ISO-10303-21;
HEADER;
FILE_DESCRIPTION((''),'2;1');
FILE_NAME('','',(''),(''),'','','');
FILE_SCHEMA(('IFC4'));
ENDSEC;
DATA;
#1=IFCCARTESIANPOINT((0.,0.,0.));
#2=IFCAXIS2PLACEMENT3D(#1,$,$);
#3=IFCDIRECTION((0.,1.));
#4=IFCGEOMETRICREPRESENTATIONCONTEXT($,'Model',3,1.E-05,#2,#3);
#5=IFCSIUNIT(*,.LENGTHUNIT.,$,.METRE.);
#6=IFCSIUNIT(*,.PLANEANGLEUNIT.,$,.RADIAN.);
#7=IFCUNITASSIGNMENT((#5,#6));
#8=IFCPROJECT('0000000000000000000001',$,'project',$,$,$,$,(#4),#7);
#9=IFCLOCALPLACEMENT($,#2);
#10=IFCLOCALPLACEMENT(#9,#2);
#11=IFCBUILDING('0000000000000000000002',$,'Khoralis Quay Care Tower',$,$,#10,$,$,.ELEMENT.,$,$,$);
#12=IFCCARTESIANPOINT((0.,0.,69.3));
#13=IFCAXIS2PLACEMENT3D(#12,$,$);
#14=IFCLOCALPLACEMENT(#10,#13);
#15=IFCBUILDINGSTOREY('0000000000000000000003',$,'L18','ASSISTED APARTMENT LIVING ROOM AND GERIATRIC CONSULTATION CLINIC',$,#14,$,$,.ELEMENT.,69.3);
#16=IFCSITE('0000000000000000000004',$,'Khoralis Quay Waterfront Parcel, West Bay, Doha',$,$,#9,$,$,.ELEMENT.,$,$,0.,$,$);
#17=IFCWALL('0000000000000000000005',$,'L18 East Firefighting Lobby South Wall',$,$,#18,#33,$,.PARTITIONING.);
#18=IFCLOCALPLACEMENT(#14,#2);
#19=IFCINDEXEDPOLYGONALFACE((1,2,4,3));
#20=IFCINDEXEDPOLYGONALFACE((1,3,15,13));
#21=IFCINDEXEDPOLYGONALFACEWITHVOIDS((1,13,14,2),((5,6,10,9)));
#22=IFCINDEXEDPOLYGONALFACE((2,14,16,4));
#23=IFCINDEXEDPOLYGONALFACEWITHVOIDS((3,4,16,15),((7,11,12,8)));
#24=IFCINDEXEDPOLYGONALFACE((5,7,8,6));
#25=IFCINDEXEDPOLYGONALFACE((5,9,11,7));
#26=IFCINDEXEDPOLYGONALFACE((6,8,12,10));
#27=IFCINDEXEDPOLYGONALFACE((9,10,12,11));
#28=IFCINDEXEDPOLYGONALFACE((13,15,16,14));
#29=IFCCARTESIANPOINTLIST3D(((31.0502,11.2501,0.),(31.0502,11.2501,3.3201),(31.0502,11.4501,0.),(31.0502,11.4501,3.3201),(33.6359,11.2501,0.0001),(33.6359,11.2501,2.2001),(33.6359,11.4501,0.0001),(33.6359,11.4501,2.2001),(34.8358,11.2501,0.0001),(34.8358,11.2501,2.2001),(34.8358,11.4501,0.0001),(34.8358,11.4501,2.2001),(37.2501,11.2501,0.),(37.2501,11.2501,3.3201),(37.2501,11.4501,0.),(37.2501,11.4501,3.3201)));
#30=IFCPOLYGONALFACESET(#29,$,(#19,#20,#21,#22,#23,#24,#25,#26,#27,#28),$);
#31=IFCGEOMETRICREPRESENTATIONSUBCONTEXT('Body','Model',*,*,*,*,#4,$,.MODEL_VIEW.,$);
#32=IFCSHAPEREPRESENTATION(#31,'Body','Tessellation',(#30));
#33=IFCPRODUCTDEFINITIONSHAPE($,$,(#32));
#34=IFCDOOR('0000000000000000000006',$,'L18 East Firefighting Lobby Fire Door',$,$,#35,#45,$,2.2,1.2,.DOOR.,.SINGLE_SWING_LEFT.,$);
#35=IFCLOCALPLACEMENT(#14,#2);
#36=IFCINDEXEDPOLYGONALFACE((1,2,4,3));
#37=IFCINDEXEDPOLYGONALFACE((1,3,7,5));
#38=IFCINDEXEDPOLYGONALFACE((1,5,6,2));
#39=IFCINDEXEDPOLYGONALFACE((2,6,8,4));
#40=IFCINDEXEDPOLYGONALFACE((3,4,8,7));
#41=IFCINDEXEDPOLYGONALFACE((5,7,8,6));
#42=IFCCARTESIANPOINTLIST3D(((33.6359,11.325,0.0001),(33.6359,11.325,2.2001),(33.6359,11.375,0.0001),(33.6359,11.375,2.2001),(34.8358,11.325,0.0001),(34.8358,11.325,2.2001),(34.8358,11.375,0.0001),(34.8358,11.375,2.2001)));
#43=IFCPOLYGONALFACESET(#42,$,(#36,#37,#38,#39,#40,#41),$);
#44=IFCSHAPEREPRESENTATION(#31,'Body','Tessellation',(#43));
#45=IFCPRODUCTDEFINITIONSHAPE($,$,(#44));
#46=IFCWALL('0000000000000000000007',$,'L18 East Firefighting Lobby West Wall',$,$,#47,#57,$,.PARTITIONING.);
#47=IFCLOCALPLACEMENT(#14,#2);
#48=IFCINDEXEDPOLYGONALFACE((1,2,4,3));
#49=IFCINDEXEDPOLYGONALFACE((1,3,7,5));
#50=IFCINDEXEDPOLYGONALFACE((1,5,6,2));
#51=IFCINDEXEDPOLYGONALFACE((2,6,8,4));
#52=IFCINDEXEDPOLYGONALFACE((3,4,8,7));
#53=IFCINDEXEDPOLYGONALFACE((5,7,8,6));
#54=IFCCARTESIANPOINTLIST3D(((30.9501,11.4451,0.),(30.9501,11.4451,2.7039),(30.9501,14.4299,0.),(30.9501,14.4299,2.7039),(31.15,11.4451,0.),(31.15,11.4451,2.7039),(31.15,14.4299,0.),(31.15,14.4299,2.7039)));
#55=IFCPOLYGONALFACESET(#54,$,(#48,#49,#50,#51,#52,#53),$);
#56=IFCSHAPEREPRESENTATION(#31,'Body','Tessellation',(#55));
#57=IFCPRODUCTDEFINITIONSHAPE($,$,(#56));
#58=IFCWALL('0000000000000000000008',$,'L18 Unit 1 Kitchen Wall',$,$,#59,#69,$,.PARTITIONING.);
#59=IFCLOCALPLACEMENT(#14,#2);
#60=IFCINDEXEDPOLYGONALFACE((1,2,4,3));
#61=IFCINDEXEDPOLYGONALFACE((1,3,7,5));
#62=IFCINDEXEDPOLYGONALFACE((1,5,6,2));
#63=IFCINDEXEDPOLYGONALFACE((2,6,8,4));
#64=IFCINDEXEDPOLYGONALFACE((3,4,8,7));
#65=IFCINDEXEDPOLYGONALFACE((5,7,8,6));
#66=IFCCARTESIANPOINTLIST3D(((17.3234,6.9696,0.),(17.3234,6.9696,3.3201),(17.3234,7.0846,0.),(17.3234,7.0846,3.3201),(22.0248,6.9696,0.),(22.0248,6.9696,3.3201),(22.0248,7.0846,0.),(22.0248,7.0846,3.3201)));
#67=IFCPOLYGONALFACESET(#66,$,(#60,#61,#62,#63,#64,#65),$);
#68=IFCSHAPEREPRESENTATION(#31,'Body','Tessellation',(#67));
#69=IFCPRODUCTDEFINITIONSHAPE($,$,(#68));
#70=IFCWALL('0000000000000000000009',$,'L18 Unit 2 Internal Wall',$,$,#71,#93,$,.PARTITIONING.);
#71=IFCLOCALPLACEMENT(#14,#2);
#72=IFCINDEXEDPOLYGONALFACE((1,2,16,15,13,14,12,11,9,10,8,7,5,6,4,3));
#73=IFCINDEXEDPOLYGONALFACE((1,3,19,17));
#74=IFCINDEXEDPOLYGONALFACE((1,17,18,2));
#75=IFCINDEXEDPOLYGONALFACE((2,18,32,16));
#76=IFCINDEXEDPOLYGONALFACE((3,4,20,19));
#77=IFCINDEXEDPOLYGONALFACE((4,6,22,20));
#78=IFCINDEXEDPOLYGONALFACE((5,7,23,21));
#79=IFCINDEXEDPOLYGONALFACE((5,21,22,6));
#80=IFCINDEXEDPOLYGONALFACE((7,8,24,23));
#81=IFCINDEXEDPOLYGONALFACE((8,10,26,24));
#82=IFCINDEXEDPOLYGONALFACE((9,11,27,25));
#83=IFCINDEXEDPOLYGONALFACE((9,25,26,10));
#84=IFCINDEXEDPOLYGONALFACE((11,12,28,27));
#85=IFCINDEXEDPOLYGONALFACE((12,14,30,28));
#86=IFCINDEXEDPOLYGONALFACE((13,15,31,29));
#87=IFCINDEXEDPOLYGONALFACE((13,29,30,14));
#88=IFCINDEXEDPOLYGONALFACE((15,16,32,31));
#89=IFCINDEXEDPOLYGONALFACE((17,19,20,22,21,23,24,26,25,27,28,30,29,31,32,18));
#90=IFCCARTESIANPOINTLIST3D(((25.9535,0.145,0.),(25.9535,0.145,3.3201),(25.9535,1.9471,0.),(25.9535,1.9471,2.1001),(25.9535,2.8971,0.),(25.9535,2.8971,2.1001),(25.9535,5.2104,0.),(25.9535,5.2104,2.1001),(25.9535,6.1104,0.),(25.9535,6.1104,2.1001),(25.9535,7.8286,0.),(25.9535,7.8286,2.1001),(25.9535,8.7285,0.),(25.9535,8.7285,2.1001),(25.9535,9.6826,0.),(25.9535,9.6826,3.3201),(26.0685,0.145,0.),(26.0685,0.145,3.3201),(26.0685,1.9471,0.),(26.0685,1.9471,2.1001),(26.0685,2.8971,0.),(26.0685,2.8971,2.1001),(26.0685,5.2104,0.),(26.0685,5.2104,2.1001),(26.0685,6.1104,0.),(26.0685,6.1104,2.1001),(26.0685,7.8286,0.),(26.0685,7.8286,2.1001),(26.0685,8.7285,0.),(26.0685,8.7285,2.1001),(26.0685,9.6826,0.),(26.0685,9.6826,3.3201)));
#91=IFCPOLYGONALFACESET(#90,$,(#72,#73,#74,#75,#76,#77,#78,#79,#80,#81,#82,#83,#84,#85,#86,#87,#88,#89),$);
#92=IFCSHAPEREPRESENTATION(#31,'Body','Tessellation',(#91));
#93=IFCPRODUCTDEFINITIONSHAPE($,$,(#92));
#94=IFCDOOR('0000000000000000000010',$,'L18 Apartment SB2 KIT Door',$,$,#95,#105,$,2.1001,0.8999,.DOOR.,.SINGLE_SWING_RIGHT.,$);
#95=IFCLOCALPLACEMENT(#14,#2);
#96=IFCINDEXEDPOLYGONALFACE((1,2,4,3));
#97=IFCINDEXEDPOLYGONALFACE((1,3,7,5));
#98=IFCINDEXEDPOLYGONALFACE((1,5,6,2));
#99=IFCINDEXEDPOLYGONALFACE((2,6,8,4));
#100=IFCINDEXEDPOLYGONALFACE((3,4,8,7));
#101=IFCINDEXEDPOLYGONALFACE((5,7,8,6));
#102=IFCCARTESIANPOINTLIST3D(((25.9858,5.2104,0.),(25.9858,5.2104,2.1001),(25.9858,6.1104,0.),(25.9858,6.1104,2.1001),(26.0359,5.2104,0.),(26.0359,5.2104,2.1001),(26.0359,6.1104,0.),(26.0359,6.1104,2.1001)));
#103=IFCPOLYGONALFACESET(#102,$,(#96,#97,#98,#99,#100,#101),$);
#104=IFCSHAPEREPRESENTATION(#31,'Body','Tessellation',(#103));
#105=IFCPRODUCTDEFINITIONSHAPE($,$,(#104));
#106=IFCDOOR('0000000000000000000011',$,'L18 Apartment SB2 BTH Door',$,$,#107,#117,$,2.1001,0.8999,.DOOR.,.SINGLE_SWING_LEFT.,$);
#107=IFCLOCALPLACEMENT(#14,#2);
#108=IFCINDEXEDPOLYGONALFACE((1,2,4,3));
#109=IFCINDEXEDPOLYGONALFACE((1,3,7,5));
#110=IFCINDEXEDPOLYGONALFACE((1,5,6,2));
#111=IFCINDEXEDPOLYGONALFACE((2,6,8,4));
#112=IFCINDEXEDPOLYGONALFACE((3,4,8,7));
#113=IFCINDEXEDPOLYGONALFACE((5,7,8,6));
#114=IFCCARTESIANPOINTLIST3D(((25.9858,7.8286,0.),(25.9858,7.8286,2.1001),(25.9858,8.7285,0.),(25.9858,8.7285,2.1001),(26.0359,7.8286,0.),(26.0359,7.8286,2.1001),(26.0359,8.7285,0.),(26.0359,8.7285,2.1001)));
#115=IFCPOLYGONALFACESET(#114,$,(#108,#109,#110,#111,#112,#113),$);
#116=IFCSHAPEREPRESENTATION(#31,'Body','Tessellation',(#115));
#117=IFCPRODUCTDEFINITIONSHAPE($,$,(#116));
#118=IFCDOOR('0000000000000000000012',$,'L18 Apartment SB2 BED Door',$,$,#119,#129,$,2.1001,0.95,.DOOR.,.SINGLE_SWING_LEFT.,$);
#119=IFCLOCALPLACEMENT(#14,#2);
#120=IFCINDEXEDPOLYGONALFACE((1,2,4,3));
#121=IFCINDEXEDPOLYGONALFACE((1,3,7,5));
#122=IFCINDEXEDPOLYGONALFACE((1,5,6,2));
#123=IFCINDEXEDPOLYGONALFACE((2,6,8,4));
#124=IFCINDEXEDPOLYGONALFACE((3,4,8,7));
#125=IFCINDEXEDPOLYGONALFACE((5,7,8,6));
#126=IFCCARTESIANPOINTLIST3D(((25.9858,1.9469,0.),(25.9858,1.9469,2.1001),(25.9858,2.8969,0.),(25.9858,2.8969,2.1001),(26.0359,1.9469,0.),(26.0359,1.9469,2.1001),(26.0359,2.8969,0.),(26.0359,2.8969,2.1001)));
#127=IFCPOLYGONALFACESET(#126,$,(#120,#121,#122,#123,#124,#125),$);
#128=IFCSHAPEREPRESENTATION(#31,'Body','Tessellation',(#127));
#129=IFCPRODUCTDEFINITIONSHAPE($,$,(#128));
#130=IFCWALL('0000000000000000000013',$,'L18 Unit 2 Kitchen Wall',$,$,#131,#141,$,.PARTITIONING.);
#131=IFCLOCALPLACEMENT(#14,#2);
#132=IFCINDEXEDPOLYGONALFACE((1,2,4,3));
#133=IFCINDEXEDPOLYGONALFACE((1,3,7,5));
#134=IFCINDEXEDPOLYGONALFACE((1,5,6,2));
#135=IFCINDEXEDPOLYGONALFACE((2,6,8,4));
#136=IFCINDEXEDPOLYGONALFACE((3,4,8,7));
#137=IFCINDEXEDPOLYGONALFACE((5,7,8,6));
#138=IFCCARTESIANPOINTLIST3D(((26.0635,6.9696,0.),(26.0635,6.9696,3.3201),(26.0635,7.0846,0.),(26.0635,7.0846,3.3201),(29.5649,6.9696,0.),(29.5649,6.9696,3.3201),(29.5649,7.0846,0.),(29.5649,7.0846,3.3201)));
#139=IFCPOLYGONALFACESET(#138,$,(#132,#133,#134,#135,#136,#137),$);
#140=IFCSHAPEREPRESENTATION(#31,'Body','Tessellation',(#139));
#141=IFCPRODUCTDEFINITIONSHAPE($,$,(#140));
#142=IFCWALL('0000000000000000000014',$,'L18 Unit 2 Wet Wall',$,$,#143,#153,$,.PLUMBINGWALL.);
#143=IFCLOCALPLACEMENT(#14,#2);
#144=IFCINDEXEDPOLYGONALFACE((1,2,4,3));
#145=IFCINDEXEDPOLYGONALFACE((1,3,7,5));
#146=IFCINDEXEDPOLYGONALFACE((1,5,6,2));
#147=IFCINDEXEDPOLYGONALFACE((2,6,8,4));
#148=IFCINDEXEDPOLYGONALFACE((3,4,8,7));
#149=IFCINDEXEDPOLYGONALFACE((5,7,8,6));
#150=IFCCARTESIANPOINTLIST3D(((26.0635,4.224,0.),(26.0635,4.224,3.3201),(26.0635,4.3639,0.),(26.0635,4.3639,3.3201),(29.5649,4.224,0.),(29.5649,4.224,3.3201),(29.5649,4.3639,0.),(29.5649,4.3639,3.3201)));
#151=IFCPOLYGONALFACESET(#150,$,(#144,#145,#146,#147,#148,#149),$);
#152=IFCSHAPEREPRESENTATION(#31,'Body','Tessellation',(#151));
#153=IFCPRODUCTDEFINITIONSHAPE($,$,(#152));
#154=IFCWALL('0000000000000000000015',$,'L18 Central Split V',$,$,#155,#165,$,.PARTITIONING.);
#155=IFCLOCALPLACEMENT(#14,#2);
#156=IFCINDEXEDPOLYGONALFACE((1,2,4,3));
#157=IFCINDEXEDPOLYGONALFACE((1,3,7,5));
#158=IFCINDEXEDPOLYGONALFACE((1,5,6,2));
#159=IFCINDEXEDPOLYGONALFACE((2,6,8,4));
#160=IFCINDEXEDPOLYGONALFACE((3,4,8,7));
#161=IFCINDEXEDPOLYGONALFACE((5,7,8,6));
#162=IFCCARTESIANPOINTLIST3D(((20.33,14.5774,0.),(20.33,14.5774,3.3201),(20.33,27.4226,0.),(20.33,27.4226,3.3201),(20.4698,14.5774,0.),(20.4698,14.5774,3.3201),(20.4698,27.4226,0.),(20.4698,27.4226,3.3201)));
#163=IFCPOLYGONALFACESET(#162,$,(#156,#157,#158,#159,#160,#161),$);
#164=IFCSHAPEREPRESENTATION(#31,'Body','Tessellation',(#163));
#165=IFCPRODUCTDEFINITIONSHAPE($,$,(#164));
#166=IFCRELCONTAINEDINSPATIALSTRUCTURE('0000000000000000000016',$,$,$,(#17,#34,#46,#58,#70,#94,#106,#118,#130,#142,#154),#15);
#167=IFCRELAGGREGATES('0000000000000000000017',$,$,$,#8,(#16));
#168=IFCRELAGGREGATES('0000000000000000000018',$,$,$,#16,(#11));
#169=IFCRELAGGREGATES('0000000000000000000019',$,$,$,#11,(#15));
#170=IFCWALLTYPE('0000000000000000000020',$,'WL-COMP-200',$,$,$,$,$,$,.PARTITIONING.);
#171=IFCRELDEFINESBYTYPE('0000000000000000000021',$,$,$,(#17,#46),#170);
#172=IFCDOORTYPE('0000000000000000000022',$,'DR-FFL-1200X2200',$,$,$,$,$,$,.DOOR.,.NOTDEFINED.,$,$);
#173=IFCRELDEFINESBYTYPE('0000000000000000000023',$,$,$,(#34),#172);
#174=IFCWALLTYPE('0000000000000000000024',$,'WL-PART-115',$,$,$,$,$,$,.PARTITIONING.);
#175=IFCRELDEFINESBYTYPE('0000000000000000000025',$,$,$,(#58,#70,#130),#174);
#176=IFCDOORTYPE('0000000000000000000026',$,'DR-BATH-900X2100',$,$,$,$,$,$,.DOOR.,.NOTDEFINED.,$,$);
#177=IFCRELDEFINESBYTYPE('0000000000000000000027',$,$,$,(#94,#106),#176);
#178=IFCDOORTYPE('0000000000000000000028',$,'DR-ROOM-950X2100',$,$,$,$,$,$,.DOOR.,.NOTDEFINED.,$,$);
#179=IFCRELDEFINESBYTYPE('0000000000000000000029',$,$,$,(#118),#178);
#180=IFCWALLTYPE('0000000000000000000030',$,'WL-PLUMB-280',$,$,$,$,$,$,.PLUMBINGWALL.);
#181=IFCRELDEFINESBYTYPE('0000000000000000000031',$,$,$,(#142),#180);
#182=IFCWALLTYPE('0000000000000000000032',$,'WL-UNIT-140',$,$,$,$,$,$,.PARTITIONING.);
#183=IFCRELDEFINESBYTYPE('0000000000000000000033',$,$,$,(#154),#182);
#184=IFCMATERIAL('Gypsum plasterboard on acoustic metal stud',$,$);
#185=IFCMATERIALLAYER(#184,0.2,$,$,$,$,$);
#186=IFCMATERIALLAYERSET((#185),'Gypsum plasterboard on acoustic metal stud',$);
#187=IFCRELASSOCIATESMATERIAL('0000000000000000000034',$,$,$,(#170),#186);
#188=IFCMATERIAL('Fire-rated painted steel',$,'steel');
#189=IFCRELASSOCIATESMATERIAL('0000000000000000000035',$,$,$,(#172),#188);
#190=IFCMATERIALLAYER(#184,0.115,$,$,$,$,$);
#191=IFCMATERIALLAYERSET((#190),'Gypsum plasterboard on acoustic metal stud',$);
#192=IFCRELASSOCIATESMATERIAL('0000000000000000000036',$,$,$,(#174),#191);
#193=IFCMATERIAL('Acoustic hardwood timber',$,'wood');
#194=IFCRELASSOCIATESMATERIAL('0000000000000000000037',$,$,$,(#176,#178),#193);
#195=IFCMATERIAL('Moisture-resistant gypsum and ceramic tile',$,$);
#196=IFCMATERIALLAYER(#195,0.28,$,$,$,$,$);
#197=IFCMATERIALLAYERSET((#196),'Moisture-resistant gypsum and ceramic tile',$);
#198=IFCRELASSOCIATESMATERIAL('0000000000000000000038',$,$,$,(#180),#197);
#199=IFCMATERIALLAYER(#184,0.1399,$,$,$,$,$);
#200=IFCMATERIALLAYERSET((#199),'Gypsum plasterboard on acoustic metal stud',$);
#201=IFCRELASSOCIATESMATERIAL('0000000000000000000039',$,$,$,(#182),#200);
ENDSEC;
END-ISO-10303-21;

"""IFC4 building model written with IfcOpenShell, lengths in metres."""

from ifc_helpers import new_model, si_unit, direction, frame, frame_2d, origin, place, context, subcontext, project, spatial, rectangle, extrude, source, transform, mapped, material, layer, layer_set, type_object, element, fill, save


model = new_model("IFC4")

# Units and contexts
model_context = context("Model", 3, precision=1e-05, world=origin(), true_north=direction((0.0, 1.0)))
body_context = subcontext(model_context, "Body", "Model", "MODEL_VIEW")
ifc_project = project(units=[si_unit("LENGTHUNIT", "METRE"), si_unit("PLANEANGLEUNIT", "RADIAN")], contexts=[model_context])

# Site, building, storey
site_placement = place(None, origin())
site = spatial("IfcSite", under=ifc_project, at=site_placement, Name="Khoralis Quay Waterfront Parcel, West Bay, Doha", CompositionType="ELEMENT", RefElevation=0.0)
building_placement = place(site_placement, origin())
building = spatial("IfcBuilding", under=site, at=building_placement, Name="Khoralis Quay Care Tower", CompositionType="ELEMENT")
storey_placement = place(building_placement, frame((0.0, 0.0, 69.3)))
storey = spatial("IfcBuildingStorey", under=building, at=storey_placement, Name="L18", Description="ASSISTED APARTMENT LIVING ROOM AND GERIATRIC CONSULTATION CLINIC", CompositionType="ELEMENT", Elevation=69.3)

# Wall, opening, door
ifc_material_1 = material(Name="Gypsum plasterboard on acoustic metal stud")
ifc_layer_1 = layer(ifc_material_1, 0.2)
ifc_layer_set_1 = layer_set([ifc_layer_1], Name="Gypsum plasterboard on acoustic metal stud")
wall_type_1 = type_object("IfcWallType", Name="WL-COMP-200", PredefinedType="PARTITIONING", material=ifc_layer_set_1)
wall_1_placement = place(storey_placement, frame((31.05, 11.3501, 0.0), z_axis=(0.0, 0.0, 1.0), x_axis=(1.0, 0.0, 0.0)))
wall_1 = element("IfcWall", 1, at=wall_1_placement, inside=storey, type_object=wall_type_1, Name="L18 East Firefighting Lobby South Wall", PredefinedType="PARTITIONING", context=body_context, shape_type="SweptSolid", body=[
    extrude(rectangle(XDim=6.2, YDim=0.2, at=frame_2d((3.1001, 0.0))), origin(), (0.0, 0.0, 1.0), 3.3201),
])
opening_1_placement = place(wall_1_placement, frame((2.5857, 0.0, 0.0)))
opening_1 = element("IfcOpeningElement", 2, at=opening_1_placement, cuts=wall_1, PredefinedType="OPENING", context=body_context, shape_type="SweptSolid", body=[
    extrude(rectangle(XDim=1.2, YDim=2.2, at=frame_2d((0.6001, 1.1001))), frame((0.0, 0.1099, 0.0), z_axis=(0.0, -1.0, 0.0), x_axis=(1.0, 0.0, 0.0)), (0.0, 0.0, 1.0), 0.22),
])
ifc_material_2 = material(Name="Fire-rated painted steel", Category="steel")
door_type_1 = type_object("IfcDoorType", Name="DR-FFL-1200X2200", OperationType="NOTDEFINED", PredefinedType="DOOR", material=ifc_material_2)
shared_shape_1 = source(origin(), body_context, "Body", "SweptSolid", [
    extrude(rectangle(XDim=1.2, YDim=2.2, at=frame_2d((0.6001, 1.1001))), frame((0.0, 0.0249, 0.0), z_axis=(0.0, -1.0, 0.0), x_axis=(1.0, 0.0, 0.0)), (0.0, 0.0, 1.0), 0.05),
])
door_1_placement = place(opening_1_placement, origin())
door_1 = element("IfcDoor", 3, at=door_1_placement, inside=storey, type_object=door_type_1, Name="L18 East Firefighting Lobby Fire Door", OperationType="SINGLE_SWING_LEFT", OverallHeight=2.2, OverallWidth=1.2, PredefinedType="DOOR", context=body_context, shape_type="MappedRepresentation", body=[
    mapped(shared_shape_1, transform((0.0, 0.0, 0.0), scale=1.0)),
])
fill(opening_1, door_1)

# Walls
wall_2_placement = place(storey_placement, frame((31.05, 11.4451, 0.0), z_axis=(0.0, 0.0, 1.0), x_axis=(0.0, 1.0, 0.0)))
element("IfcWall", 4, at=wall_2_placement, inside=storey, type_object=wall_type_1, Name="L18 East Firefighting Lobby West Wall", PredefinedType="PARTITIONING", context=body_context, shape_type="SweptSolid", body=[
    extrude(rectangle(XDim=2.9849, YDim=0.2, at=frame_2d((1.4924, 0.0))), origin(), (0.0, 0.0, 1.0), 2.7039),
])
ifc_layer_2 = layer(ifc_material_1, 0.115)
ifc_layer_set_2 = layer_set([ifc_layer_2], Name="Gypsum plasterboard on acoustic metal stud")
wall_type_2 = type_object("IfcWallType", Name="WL-PART-115", PredefinedType="PARTITIONING", material=ifc_layer_set_2)
wall_3_placement = place(storey_placement, frame((17.3235, 7.0271, 0.0), z_axis=(0.0, 0.0, 1.0), x_axis=(1.0, 0.0, 0.0)))
element("IfcWall", 5, at=wall_3_placement, inside=storey, type_object=wall_type_2, Name="L18 Unit 1 Kitchen Wall", PredefinedType="PARTITIONING", context=body_context, shape_type="SweptSolid", body=[
    extrude(rectangle(XDim=4.7014, YDim=0.115, at=frame_2d((2.3506, 0.0))), origin(), (0.0, 0.0, 1.0), 3.3201),
])

# Wall, openings, doors
wall_4_placement = place(storey_placement, frame((26.011, 0.145, 0.0), z_axis=(0.0, 0.0, 1.0), x_axis=(0.0, 1.0, 0.0)))
wall_4 = element("IfcWall", 6, at=wall_4_placement, inside=storey, type_object=wall_type_2, Name="L18 Unit 2 Internal Wall", PredefinedType="PARTITIONING", context=body_context, shape_type="SweptSolid", body=[
    extrude(rectangle(XDim=9.5376, YDim=0.115, at=frame_2d((4.7688, 0.0))), origin(), (0.0, 0.0, 1.0), 3.3201),
])
opening_2_placement = place(wall_4_placement, frame((1.802, 0.0, 0.0)))
opening_2 = element("IfcOpeningElement", 7, at=opening_2_placement, cuts=wall_4, PredefinedType="OPENING", context=body_context, shape_type="SweptSolid", body=[
    extrude(rectangle(XDim=0.95, YDim=2.1001, at=frame_2d((0.4751, 1.05))), frame((0.0, 0.0674, 0.0), z_axis=(0.0, -1.0, 0.0), x_axis=(1.0, 0.0, 0.0)), (0.0, 0.0, 1.0), 0.135),
])
opening_3_placement = place(wall_4_placement, frame((5.0654, 0.0, 0.0)))
opening_3 = element("IfcOpeningElement", 8, at=opening_3_placement, cuts=wall_4, PredefinedType="OPENING", context=body_context, shape_type="SweptSolid", body=[
    extrude(rectangle(XDim=0.8999, YDim=2.1001, at=frame_2d((0.45, 1.05))), frame((0.0, 0.0674, 0.0), z_axis=(0.0, -1.0, 0.0), x_axis=(1.0, 0.0, 0.0)), (0.0, 0.0, 1.0), 0.135),
])
opening_4_placement = place(wall_4_placement, frame((7.6836, 0.0, 0.0)))
opening_4 = element("IfcOpeningElement", 9, at=opening_4_placement, cuts=wall_4, PredefinedType="OPENING", context=body_context, shape_type="SweptSolid", body=[
    extrude(rectangle(XDim=0.8999, YDim=2.1001, at=frame_2d((0.45, 1.05))), frame((0.0, 0.0674, 0.0), z_axis=(0.0, -1.0, 0.0), x_axis=(1.0, 0.0, 0.0)), (0.0, 0.0, 1.0), 0.135),
])
ifc_material_3 = material(Name="Acoustic hardwood timber", Category="wood")
door_type_2 = type_object("IfcDoorType", Name="DR-BATH-900X2100", OperationType="NOTDEFINED", PredefinedType="DOOR", material=ifc_material_3)
shared_shape_2 = source(origin(), body_context, "Body", "SweptSolid", [
    extrude(rectangle(XDim=0.8999, YDim=2.1001, at=frame_2d((0.45, 1.05))), frame((0.0, 0.0249, 0.0), z_axis=(0.0, -1.0, 0.0), x_axis=(1.0, 0.0, 0.0)), (0.0, 0.0, 1.0), 0.05),
])
door_2_placement = place(opening_3_placement, frame((0.8999, 0.0, 0.0), z_axis=(0.0, 0.0, 1.0), x_axis=(-1.0, 0.0, 0.0)))
door_2 = element("IfcDoor", 10, at=door_2_placement, inside=storey, type_object=door_type_2, Name="L18 Apartment SB2 KIT Door", OperationType="SINGLE_SWING_RIGHT", OverallHeight=2.1001, OverallWidth=0.8999, PredefinedType="DOOR", context=body_context, shape_type="MappedRepresentation", body=[
    mapped(shared_shape_2, transform((0.0, 0.0, 0.0), scale=1.0)),
])
fill(opening_3, door_2)
door_3_placement = place(opening_4_placement, frame((0.8999, 0.0, 0.0), z_axis=(0.0, 0.0, 1.0), x_axis=(-1.0, 0.0, 0.0)))
door_3 = element("IfcDoor", 11, at=door_3_placement, inside=storey, type_object=door_type_2, Name="L18 Apartment SB2 BTH Door", OperationType="SINGLE_SWING_LEFT", OverallHeight=2.1001, OverallWidth=0.8999, PredefinedType="DOOR", context=body_context, shape_type="MappedRepresentation", body=[
    mapped(shared_shape_2, transform((0.0, 0.0, 0.0), scale=1.0)),
])
fill(opening_4, door_3)
door_type_3 = type_object("IfcDoorType", Name="DR-ROOM-950X2100", OperationType="NOTDEFINED", PredefinedType="DOOR", material=ifc_material_3)
shared_shape_3 = source(origin(), body_context, "Body", "SweptSolid", [
    extrude(rectangle(XDim=0.95, YDim=2.1001, at=frame_2d((0.4751, 1.05))), frame((0.0, 0.0249, 0.0), z_axis=(0.0, -1.0, 0.0), x_axis=(1.0, 0.0, 0.0)), (0.0, 0.0, 1.0), 0.05),
])
door_4_placement = place(opening_2_placement, frame((0.95, 0.0, 0.0), z_axis=(0.0, 0.0, 1.0), x_axis=(-1.0, 0.0, 0.0)))
door_4 = element("IfcDoor", 12, at=door_4_placement, inside=storey, type_object=door_type_3, Name="L18 Apartment SB2 BED Door", OperationType="SINGLE_SWING_LEFT", OverallHeight=2.1001, OverallWidth=0.95, PredefinedType="DOOR", context=body_context, shape_type="MappedRepresentation", body=[
    mapped(shared_shape_3, transform((0.0, 0.0, 0.0), scale=1.0)),
])
fill(opening_2, door_4)

# Walls
wall_5_placement = place(storey_placement, frame((26.0635, 7.0271, 0.0), z_axis=(0.0, 0.0, 1.0), x_axis=(1.0, 0.0, 0.0)))
element("IfcWall", 13, at=wall_5_placement, inside=storey, type_object=wall_type_2, Name="L18 Unit 2 Kitchen Wall", PredefinedType="PARTITIONING", context=body_context, shape_type="SweptSolid", body=[
    extrude(rectangle(XDim=3.5015, YDim=0.115, at=frame_2d((1.7507, 0.0))), origin(), (0.0, 0.0, 1.0), 3.3201),
])
ifc_material_4 = material(Name="Moisture-resistant gypsum and ceramic tile")
ifc_layer_3 = layer(ifc_material_4, 0.28)
ifc_layer_set_3 = layer_set([ifc_layer_3], Name="Moisture-resistant gypsum and ceramic tile")
wall_type_3 = type_object("IfcWallType", Name="WL-PLUMB-280", PredefinedType="PLUMBINGWALL", material=ifc_layer_set_3)
wall_6_placement = place(storey_placement, frame((26.0635, 4.2939, 0.0), z_axis=(0.0, 0.0, 1.0), x_axis=(1.0, 0.0, 0.0)))
element("IfcWall", 14, at=wall_6_placement, inside=storey, type_object=wall_type_3, Name="L18 Unit 2 Wet Wall", PredefinedType="PLUMBINGWALL", context=body_context, shape_type="SweptSolid", body=[
    extrude(rectangle(XDim=3.5015, YDim=0.1399, at=frame_2d((1.7507, 0.0))), origin(), (0.0, 0.0, 1.0), 3.3201),
])
ifc_layer_4 = layer(ifc_material_1, 0.1399)
ifc_layer_set_4 = layer_set([ifc_layer_4], Name="Gypsum plasterboard on acoustic metal stud")
wall_type_4 = type_object("IfcWallType", Name="WL-UNIT-140", PredefinedType="PARTITIONING", material=ifc_layer_set_4)
wall_7_placement = place(storey_placement, frame((20.3999, 14.5774, 0.0), z_axis=(0.0, 0.0, 1.0), x_axis=(0.0, 1.0, 0.0)))
element("IfcWall", 15, at=wall_7_placement, inside=storey, type_object=wall_type_4, Name="L18 Central Split V", PredefinedType="PARTITIONING", context=body_context, shape_type="SweptSolid", body=[
    extrude(rectangle(XDim=12.8452, YDim=0.1399, at=frame_2d((6.4226, 0.0))), origin(), (0.0, 0.0, 1.0), 3.3201),
])

save(model, "model.ifc")
